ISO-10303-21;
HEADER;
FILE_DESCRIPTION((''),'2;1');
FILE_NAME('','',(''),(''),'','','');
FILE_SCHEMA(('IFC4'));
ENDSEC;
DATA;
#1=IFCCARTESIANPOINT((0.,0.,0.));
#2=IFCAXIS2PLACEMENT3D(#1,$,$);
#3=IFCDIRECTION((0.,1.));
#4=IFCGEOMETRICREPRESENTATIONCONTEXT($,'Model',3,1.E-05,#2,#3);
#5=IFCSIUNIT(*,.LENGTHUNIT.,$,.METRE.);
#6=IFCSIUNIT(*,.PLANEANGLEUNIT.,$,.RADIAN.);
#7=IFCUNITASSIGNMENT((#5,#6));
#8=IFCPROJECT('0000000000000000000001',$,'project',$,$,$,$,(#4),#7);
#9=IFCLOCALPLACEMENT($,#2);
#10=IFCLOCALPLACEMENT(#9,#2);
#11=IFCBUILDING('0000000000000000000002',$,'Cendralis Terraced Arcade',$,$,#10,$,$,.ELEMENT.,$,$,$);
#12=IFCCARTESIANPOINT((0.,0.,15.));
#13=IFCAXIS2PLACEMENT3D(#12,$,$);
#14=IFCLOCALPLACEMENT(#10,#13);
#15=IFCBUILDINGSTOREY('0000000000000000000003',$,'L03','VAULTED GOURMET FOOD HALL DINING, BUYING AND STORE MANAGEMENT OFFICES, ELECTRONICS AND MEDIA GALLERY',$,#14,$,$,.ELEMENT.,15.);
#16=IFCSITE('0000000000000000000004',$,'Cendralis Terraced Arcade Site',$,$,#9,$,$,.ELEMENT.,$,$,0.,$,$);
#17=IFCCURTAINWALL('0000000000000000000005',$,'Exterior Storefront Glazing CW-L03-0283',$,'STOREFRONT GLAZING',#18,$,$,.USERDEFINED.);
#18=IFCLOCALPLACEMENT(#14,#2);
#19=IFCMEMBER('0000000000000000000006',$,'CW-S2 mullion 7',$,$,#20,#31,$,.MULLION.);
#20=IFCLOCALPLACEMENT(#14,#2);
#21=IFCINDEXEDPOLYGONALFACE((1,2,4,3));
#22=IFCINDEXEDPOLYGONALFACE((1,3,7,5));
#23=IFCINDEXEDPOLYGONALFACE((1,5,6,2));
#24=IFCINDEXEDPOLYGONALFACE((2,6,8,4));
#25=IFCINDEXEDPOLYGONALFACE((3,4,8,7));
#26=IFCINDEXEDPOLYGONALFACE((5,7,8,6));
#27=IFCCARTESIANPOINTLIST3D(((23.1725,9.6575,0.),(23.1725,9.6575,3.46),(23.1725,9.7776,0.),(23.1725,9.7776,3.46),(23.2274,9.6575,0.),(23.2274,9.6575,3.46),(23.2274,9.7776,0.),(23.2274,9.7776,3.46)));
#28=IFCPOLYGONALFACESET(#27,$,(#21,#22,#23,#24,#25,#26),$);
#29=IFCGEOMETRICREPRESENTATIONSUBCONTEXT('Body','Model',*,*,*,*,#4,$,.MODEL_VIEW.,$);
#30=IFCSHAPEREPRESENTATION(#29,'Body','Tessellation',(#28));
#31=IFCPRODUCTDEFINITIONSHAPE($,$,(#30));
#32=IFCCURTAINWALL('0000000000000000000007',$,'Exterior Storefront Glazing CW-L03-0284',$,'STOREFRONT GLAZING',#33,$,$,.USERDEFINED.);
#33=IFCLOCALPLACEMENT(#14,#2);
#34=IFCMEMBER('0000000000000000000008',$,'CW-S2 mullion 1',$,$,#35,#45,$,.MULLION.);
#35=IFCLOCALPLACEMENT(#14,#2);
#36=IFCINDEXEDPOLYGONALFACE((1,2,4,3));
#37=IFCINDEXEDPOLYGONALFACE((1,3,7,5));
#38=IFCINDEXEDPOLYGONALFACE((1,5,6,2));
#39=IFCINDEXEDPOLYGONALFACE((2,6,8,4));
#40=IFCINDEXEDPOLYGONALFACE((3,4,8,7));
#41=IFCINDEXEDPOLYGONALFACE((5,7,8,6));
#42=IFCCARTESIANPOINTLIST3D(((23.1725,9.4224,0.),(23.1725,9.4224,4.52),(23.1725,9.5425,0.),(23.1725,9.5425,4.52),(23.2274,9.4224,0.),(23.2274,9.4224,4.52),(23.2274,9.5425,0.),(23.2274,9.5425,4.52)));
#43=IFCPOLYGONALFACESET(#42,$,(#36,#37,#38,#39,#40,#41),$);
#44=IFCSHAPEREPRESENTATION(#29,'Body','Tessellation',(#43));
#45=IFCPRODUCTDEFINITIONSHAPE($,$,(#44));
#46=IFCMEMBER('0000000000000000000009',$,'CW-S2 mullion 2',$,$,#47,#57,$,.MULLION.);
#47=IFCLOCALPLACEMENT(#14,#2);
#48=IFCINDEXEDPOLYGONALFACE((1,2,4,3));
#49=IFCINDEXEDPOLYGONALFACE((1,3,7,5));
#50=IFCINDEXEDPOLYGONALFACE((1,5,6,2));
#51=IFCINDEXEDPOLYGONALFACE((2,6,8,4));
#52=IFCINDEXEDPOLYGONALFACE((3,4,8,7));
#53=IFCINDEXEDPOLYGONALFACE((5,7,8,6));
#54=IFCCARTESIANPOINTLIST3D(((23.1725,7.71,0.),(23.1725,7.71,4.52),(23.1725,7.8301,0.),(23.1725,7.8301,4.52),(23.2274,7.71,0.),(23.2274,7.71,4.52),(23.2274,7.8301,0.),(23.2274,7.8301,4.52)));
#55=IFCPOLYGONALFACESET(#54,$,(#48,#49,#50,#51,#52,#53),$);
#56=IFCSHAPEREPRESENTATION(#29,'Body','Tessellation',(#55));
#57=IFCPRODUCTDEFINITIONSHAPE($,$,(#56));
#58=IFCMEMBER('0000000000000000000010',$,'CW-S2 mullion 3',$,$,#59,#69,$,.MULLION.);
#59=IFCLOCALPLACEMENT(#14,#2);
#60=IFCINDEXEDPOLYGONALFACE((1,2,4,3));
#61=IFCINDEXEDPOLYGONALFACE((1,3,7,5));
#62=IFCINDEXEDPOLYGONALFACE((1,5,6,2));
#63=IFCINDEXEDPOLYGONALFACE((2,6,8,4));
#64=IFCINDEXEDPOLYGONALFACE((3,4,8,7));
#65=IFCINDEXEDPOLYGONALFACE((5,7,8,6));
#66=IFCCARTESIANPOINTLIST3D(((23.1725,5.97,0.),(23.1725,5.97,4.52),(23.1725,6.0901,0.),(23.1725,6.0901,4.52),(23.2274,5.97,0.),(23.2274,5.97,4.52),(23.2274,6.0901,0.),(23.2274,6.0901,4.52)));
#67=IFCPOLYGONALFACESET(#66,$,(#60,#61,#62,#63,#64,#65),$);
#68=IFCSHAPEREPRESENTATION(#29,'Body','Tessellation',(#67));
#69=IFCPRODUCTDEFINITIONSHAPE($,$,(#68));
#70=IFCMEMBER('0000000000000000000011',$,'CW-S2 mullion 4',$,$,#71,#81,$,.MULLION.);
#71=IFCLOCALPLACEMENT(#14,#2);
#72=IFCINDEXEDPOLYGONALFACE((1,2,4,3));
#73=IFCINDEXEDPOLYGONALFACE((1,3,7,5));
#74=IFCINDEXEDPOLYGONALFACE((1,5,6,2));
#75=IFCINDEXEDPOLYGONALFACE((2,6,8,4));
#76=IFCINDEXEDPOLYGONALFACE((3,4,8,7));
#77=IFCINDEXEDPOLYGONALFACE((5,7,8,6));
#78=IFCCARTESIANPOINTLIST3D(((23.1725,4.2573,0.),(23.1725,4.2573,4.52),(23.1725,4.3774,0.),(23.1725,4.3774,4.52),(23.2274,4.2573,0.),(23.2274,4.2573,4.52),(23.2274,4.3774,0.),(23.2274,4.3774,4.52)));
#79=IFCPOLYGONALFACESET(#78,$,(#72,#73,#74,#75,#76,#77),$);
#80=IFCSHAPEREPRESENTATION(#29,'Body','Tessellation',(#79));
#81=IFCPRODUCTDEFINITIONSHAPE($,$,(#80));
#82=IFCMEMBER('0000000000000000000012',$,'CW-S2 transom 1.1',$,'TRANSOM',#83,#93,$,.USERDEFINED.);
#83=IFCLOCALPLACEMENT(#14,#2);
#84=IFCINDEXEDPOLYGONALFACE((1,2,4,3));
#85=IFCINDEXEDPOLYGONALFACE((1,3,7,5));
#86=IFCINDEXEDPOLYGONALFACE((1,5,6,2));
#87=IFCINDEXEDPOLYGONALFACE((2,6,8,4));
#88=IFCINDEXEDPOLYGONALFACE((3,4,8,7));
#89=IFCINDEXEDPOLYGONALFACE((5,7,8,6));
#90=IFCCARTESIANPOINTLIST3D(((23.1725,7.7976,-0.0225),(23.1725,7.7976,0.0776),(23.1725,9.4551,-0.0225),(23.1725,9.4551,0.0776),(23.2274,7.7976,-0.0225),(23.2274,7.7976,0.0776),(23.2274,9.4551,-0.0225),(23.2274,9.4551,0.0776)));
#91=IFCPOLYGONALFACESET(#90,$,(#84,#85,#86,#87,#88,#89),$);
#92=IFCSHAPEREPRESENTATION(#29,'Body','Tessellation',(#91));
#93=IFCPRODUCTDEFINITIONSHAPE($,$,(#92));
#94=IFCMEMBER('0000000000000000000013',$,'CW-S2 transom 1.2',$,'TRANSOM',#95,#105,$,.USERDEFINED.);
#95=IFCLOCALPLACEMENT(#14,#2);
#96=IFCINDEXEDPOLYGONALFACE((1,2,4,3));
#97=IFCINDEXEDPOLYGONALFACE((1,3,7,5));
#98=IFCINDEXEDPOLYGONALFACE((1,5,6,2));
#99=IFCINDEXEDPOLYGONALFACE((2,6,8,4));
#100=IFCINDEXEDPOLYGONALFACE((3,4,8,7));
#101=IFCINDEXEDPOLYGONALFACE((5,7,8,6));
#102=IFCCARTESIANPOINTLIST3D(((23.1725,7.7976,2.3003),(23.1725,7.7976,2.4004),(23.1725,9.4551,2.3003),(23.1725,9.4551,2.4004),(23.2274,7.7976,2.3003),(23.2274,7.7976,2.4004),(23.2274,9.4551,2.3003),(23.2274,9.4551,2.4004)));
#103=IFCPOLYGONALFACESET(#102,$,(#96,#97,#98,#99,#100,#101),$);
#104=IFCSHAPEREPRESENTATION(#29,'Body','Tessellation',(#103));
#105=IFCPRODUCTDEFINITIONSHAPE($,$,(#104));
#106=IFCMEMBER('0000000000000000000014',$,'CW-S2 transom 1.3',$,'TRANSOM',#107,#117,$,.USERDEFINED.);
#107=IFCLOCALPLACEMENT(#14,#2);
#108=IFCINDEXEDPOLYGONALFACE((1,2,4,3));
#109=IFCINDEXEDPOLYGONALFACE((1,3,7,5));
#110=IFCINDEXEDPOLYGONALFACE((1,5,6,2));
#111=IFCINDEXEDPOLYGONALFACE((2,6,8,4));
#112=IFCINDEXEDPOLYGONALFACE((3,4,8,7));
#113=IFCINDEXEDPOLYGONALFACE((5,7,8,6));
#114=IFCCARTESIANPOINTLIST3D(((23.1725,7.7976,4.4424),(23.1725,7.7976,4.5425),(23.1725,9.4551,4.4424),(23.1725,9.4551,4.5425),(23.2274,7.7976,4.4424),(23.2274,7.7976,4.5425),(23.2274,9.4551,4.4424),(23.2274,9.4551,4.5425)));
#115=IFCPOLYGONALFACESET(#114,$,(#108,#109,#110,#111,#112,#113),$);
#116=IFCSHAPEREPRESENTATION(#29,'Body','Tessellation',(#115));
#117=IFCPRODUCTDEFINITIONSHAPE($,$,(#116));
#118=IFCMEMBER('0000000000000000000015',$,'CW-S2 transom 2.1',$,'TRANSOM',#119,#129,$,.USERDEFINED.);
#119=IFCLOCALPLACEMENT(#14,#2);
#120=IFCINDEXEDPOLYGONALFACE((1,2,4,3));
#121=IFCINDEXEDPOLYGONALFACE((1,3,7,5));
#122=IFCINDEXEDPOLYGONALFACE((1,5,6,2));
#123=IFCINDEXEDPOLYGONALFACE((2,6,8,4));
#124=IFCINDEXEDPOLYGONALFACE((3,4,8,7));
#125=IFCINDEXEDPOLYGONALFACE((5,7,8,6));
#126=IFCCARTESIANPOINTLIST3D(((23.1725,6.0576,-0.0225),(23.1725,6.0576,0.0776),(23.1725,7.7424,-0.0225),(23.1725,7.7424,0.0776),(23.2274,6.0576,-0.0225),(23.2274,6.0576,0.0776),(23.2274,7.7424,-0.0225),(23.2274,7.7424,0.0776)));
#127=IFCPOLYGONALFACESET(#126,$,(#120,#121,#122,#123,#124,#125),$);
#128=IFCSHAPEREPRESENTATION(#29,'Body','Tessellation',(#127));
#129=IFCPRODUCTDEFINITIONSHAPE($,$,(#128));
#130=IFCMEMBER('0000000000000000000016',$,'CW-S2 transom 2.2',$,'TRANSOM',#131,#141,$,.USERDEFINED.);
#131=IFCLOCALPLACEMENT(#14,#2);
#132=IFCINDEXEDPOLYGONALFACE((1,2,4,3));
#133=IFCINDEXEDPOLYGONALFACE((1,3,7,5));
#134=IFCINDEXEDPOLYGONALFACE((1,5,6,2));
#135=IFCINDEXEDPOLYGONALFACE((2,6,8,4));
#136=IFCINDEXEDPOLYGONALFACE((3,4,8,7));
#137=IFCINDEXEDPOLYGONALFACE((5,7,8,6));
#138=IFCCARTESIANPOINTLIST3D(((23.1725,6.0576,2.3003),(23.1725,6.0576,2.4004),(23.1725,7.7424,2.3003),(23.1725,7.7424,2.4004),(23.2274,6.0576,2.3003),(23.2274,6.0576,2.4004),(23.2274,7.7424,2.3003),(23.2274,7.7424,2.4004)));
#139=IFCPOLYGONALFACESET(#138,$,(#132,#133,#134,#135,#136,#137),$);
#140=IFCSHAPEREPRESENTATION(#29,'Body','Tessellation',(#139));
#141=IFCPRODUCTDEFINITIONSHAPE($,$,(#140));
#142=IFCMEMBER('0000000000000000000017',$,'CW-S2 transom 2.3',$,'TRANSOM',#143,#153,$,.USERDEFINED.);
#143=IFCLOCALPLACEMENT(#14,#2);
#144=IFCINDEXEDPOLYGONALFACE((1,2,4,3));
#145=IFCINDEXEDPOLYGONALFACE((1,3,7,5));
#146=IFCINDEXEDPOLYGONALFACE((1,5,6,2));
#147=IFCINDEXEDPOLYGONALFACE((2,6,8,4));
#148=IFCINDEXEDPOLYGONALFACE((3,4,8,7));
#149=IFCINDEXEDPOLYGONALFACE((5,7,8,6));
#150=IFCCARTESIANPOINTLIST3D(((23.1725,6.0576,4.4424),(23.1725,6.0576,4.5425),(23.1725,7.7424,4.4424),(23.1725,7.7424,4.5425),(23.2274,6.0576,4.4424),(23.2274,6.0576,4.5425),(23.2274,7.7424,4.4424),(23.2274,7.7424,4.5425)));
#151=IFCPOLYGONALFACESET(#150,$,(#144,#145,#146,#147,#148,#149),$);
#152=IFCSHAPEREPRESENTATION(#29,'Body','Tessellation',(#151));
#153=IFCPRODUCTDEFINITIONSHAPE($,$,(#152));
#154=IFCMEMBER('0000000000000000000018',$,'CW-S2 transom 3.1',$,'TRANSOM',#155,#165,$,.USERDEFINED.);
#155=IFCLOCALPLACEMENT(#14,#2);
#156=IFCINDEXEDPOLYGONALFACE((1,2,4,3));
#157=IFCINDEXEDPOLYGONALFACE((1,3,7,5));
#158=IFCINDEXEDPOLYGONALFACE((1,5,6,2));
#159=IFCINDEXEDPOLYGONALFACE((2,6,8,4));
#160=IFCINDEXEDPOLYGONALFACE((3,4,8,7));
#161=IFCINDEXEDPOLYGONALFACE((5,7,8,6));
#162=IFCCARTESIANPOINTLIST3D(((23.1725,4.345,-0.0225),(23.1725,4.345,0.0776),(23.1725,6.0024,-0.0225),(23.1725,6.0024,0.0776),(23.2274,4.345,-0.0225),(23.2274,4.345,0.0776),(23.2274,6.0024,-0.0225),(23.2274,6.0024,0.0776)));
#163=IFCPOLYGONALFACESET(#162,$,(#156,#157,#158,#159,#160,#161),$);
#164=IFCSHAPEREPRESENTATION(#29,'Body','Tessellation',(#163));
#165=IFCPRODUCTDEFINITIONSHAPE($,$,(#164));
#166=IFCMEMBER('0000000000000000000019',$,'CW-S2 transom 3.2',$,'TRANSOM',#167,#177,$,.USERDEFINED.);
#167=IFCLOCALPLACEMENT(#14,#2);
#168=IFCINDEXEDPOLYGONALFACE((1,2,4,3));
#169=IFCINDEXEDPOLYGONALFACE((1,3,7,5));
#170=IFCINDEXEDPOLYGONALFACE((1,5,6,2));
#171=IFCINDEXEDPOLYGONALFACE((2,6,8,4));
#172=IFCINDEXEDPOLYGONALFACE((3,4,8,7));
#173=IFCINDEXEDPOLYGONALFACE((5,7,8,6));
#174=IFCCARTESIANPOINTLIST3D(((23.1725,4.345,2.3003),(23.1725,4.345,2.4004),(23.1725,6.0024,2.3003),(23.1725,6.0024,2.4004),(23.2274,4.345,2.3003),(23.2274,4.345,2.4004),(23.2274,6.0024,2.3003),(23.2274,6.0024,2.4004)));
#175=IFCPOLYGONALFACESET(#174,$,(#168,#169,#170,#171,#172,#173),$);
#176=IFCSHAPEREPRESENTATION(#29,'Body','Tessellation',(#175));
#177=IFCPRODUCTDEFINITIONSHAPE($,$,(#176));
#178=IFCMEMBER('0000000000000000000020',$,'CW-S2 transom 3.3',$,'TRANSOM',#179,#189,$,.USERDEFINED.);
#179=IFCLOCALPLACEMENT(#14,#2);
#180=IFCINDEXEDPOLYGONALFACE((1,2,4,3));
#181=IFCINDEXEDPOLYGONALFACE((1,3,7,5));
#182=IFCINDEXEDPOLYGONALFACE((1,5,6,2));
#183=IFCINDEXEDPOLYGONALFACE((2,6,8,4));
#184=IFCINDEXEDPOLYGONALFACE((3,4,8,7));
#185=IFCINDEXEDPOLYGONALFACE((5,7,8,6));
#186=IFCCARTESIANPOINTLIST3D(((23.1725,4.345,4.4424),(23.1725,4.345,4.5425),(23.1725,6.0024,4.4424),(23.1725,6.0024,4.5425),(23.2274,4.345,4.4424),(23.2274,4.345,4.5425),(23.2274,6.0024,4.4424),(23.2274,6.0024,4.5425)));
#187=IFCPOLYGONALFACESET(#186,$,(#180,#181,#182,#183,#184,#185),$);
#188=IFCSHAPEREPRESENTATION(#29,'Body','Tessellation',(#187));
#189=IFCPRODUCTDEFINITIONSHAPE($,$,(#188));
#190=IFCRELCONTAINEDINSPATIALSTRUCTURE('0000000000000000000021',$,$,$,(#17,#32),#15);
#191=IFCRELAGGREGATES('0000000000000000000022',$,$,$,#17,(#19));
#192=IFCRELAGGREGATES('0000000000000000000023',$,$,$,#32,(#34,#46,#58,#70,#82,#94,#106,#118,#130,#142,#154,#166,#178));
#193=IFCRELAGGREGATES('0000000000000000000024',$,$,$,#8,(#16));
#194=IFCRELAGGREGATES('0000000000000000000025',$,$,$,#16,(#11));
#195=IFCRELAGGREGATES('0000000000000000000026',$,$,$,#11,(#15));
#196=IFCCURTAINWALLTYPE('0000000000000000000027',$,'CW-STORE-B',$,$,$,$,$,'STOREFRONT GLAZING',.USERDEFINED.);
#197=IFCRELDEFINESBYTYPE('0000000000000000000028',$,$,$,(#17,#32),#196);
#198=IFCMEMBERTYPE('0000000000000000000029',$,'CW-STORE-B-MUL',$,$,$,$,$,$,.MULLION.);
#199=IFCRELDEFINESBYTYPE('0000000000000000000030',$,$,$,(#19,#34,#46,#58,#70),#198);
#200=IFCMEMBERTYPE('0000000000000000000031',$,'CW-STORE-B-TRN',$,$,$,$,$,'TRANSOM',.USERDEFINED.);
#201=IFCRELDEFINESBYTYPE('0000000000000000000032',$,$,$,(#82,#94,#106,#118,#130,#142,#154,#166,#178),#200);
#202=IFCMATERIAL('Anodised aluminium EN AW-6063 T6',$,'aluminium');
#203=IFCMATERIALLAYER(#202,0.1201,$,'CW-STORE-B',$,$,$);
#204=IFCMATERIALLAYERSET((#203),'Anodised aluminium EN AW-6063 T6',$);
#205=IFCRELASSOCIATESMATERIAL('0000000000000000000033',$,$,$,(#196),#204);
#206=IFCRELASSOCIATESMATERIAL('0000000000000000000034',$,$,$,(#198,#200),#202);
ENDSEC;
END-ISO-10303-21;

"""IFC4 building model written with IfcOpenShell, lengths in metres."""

from ifc_helpers import new_model, si_unit, direction, frame, origin, origin_2d, place, context, subcontext, project, spatial, rectangle, extrude, material, layer, layer_set, material_profile, profile_set, type_object, element, aggregate, save


model = new_model("IFC4")

# Units and contexts
model_context = context("Model", 3, precision=1e-05, world=origin(), true_north=direction((0.0, 1.0)))
body_context = subcontext(model_context, "Body", "Model", "MODEL_VIEW")
ifc_project = project(units=[si_unit("LENGTHUNIT", "METRE"), si_unit("PLANEANGLEUNIT", "RADIAN")], contexts=[model_context])

# Site, building, storey
site_placement = place(None, origin())
site = spatial("IfcSite", under=ifc_project, at=site_placement, Name="Cendralis Terraced Arcade Site", CompositionType="ELEMENT", RefElevation=0.0)
building_placement = place(site_placement, origin())
building = spatial("IfcBuilding", under=site, at=building_placement, Name="Cendralis Terraced Arcade", CompositionType="ELEMENT")
storey_placement = place(building_placement, frame((0.0, 0.0, 15.0)))
storey = spatial("IfcBuildingStorey", under=building, at=storey_placement, Name="L03", Description="VAULTED GOURMET FOOD HALL DINING, BUYING AND STORE MANAGEMENT OFFICES, ELECTRONICS AND MEDIA GALLERY", CompositionType="ELEMENT", Elevation=15.0)

# Curtain wall, member
ifc_material_1 = material(Name="Anodised aluminium EN AW-6063 T6", Category="aluminium")
ifc_layer_1 = layer(ifc_material_1, 0.1201, Name="CW-STORE-B")
ifc_layer_set_1 = layer_set([ifc_layer_1], Name="Anodised aluminium EN AW-6063 T6")
curtain_wall_type = type_object("IfcCurtainWallType", Name="CW-STORE-B", ElementType="STOREFRONT GLAZING", PredefinedType="USERDEFINED", material=ifc_layer_set_1)
curtain_wall_1_placement = place(storey_placement, origin())
curtain_wall_1 = element("IfcCurtainWall", 1, at=curtain_wall_1_placement, inside=storey, type_object=curtain_wall_type, Name="Exterior Storefront Glazing CW-L03-0283", ObjectType="STOREFRONT GLAZING", PredefinedType="USERDEFINED")
ifc_material_profile_1 = material_profile(ifc_material_1, rectangle(XDim=0.0549, YDim=0.1201, at=origin_2d()), Name="ALU-MUL-55x120")
ifc_profile_set_1 = profile_set([ifc_material_profile_1], Name="Anodised aluminium EN AW-6063 T6")
member_type_1 = type_object("IfcMemberType", Name="CW-STORE-B-MUL", PredefinedType="MULLION", material=ifc_profile_set_1)
member_1_placement = place(storey_placement, frame((23.2, 9.7175, 0.0), z_axis=(0.0, 0.0, 1.0), x_axis=(1.0, 0.0, 0.0)))
member_1 = element("IfcMember", 2, at=member_1_placement, type_object=member_type_1, Name="CW-S2 mullion 7", PredefinedType="MULLION", context=body_context, shape_type="SweptSolid", body=[
    extrude(rectangle(XDim=0.0549, YDim=0.1201, at=origin_2d()), origin(), (0.0, 0.0, 1.0), 3.46),
])

# Curtain wall, members
curtain_wall_2_placement = place(storey_placement, origin())
curtain_wall_2 = element("IfcCurtainWall", 3, at=curtain_wall_2_placement, inside=storey, type_object=curtain_wall_type, Name="Exterior Storefront Glazing CW-L03-0284", ObjectType="STOREFRONT GLAZING", PredefinedType="USERDEFINED")
member_2_placement = place(storey_placement, frame((23.2, 9.4824, 0.0), z_axis=(0.0, 0.0, 1.0), x_axis=(1.0, 0.0, 0.0)))
member_2 = element("IfcMember", 4, at=member_2_placement, type_object=member_type_1, Name="CW-S2 mullion 1", PredefinedType="MULLION", context=body_context, shape_type="SweptSolid", body=[
    extrude(rectangle(XDim=0.0549, YDim=0.1201, at=origin_2d()), origin(), (0.0, 0.0, 1.0), 4.52),
])
member_3_placement = place(storey_placement, frame((23.2, 7.77, 0.0), z_axis=(0.0, 0.0, 1.0), x_axis=(1.0, 0.0, 0.0)))
member_3 = element("IfcMember", 5, at=member_3_placement, type_object=member_type_1, Name="CW-S2 mullion 2", PredefinedType="MULLION", context=body_context, shape_type="SweptSolid", body=[
    extrude(rectangle(XDim=0.0549, YDim=0.1201, at=origin_2d()), origin(), (0.0, 0.0, 1.0), 4.52),
])
member_4_placement = place(storey_placement, frame((23.2, 6.03, 0.0), z_axis=(0.0, 0.0, 1.0), x_axis=(1.0, 0.0, 0.0)))
member_4 = element("IfcMember", 6, at=member_4_placement, type_object=member_type_1, Name="CW-S2 mullion 3", PredefinedType="MULLION", context=body_context, shape_type="SweptSolid", body=[
    extrude(rectangle(XDim=0.0549, YDim=0.1201, at=origin_2d()), origin(), (0.0, 0.0, 1.0), 4.52),
])
member_5_placement = place(storey_placement, frame((23.2, 4.3174, 0.0), z_axis=(0.0, 0.0, 1.0), x_axis=(1.0, 0.0, 0.0)))
member_5 = element("IfcMember", 7, at=member_5_placement, type_object=member_type_1, Name="CW-S2 mullion 4", PredefinedType="MULLION", context=body_context, shape_type="SweptSolid", body=[
    extrude(rectangle(XDim=0.0549, YDim=0.1201, at=origin_2d()), origin(), (0.0, 0.0, 1.0), 4.52),
])
ifc_material_profile_2 = material_profile(ifc_material_1, rectangle(XDim=0.0549, YDim=0.1001, at=origin_2d()), Name="ALU-TRN-55x100")
ifc_profile_set_2 = profile_set([ifc_material_profile_2], Name="Anodised aluminium EN AW-6063 T6")
member_type_2 = type_object("IfcMemberType", Name="CW-STORE-B-TRN", ElementType="TRANSOM", PredefinedType="USERDEFINED", material=ifc_profile_set_2)
member_6_placement = place(storey_placement, frame((23.2, 9.4551, 0.0276), z_axis=(0.0, -1.0, 0.0), x_axis=(1.0, 0.0, 0.0)))
member_6 = element("IfcMember", 8, at=member_6_placement, type_object=member_type_2, Name="CW-S2 transom 1.1", ObjectType="TRANSOM", PredefinedType="USERDEFINED", context=body_context, shape_type="SweptSolid", body=[
    extrude(rectangle(XDim=0.0549, YDim=0.1001, at=origin_2d()), origin(), (0.0, 0.0, 1.0), 1.6575),
])
member_7_placement = place(storey_placement, frame((23.2, 9.4551, 2.3503), z_axis=(0.0, -1.0, 0.0), x_axis=(1.0, 0.0, 0.0)))
member_7 = element("IfcMember", 9, at=member_7_placement, type_object=member_type_2, Name="CW-S2 transom 1.2", ObjectType="TRANSOM", PredefinedType="USERDEFINED", context=body_context, shape_type="SweptSolid", body=[
    extrude(rectangle(XDim=0.0549, YDim=0.1001, at=origin_2d()), origin(), (0.0, 0.0, 1.0), 1.6575),
])
member_8_placement = place(storey_placement, frame((23.2, 9.4551, 4.4924), z_axis=(0.0, -1.0, 0.0), x_axis=(1.0, 0.0, 0.0)))
member_8 = element("IfcMember", 10, at=member_8_placement, type_object=member_type_2, Name="CW-S2 transom 1.3", ObjectType="TRANSOM", PredefinedType="USERDEFINED", context=body_context, shape_type="SweptSolid", body=[
    extrude(rectangle(XDim=0.0549, YDim=0.1001, at=origin_2d()), origin(), (0.0, 0.0, 1.0), 1.6575),
])
member_9_placement = place(storey_placement, frame((23.2, 7.7424, 0.0276), z_axis=(0.0, -1.0, 0.0), x_axis=(1.0, 0.0, 0.0)))
member_9 = element("IfcMember", 11, at=member_9_placement, type_object=member_type_2, Name="CW-S2 transom 2.1", ObjectType="TRANSOM", PredefinedType="USERDEFINED", context=body_context, shape_type="SweptSolid", body=[
    extrude(rectangle(XDim=0.0549, YDim=0.1001, at=origin_2d()), origin(), (0.0, 0.0, 1.0), 1.6848),
])
member_10_placement = place(storey_placement, frame((23.2, 7.7424, 2.3503), z_axis=(0.0, -1.0, 0.0), x_axis=(1.0, 0.0, 0.0)))
member_10 = element("IfcMember", 12, at=member_10_placement, type_object=member_type_2, Name="CW-S2 transom 2.2", ObjectType="TRANSOM", PredefinedType="USERDEFINED", context=body_context, shape_type="SweptSolid", body=[
    extrude(rectangle(XDim=0.0549, YDim=0.1001, at=origin_2d()), origin(), (0.0, 0.0, 1.0), 1.6848),
])
member_11_placement = place(storey_placement, frame((23.2, 7.7424, 4.4924), z_axis=(0.0, -1.0, 0.0), x_axis=(1.0, 0.0, 0.0)))
member_11 = element("IfcMember", 13, at=member_11_placement, type_object=member_type_2, Name="CW-S2 transom 2.3", ObjectType="TRANSOM", PredefinedType="USERDEFINED", context=body_context, shape_type="SweptSolid", body=[
    extrude(rectangle(XDim=0.0549, YDim=0.1001, at=origin_2d()), origin(), (0.0, 0.0, 1.0), 1.6848),
])
member_12_placement = place(storey_placement, frame((23.2, 6.0024, 0.0276), z_axis=(0.0, -1.0, 0.0), x_axis=(1.0, 0.0, 0.0)))
member_12 = element("IfcMember", 14, at=member_12_placement, type_object=member_type_2, Name="CW-S2 transom 3.1", ObjectType="TRANSOM", PredefinedType="USERDEFINED", context=body_context, shape_type="SweptSolid", body=[
    extrude(rectangle(XDim=0.0549, YDim=0.1001, at=origin_2d()), origin(), (0.0, 0.0, 1.0), 1.6575),
])
member_13_placement = place(storey_placement, frame((23.2, 6.0024, 2.3503), z_axis=(0.0, -1.0, 0.0), x_axis=(1.0, 0.0, 0.0)))
member_13 = element("IfcMember", 15, at=member_13_placement, type_object=member_type_2, Name="CW-S2 transom 3.2", ObjectType="TRANSOM", PredefinedType="USERDEFINED", context=body_context, shape_type="SweptSolid", body=[
    extrude(rectangle(XDim=0.0549, YDim=0.1001, at=origin_2d()), origin(), (0.0, 0.0, 1.0), 1.6575),
])
member_14_placement = place(storey_placement, frame((23.2, 6.0024, 4.4924), z_axis=(0.0, -1.0, 0.0), x_axis=(1.0, 0.0, 0.0)))
member_14 = element("IfcMember", 16, at=member_14_placement, type_object=member_type_2, Name="CW-S2 transom 3.3", ObjectType="TRANSOM", PredefinedType="USERDEFINED", context=body_context, shape_type="SweptSolid", body=[
    extrude(rectangle(XDim=0.0549, YDim=0.1001, at=origin_2d()), origin(), (0.0, 0.0, 1.0), 1.6575),
])

aggregate(curtain_wall_1, [member_1])
aggregate(curtain_wall_2, [member_2, member_3, member_4, member_5, member_6, member_7, member_8, member_9, member_10, member_11, member_12, member_13, member_14])

save(model, "model.ifc")
